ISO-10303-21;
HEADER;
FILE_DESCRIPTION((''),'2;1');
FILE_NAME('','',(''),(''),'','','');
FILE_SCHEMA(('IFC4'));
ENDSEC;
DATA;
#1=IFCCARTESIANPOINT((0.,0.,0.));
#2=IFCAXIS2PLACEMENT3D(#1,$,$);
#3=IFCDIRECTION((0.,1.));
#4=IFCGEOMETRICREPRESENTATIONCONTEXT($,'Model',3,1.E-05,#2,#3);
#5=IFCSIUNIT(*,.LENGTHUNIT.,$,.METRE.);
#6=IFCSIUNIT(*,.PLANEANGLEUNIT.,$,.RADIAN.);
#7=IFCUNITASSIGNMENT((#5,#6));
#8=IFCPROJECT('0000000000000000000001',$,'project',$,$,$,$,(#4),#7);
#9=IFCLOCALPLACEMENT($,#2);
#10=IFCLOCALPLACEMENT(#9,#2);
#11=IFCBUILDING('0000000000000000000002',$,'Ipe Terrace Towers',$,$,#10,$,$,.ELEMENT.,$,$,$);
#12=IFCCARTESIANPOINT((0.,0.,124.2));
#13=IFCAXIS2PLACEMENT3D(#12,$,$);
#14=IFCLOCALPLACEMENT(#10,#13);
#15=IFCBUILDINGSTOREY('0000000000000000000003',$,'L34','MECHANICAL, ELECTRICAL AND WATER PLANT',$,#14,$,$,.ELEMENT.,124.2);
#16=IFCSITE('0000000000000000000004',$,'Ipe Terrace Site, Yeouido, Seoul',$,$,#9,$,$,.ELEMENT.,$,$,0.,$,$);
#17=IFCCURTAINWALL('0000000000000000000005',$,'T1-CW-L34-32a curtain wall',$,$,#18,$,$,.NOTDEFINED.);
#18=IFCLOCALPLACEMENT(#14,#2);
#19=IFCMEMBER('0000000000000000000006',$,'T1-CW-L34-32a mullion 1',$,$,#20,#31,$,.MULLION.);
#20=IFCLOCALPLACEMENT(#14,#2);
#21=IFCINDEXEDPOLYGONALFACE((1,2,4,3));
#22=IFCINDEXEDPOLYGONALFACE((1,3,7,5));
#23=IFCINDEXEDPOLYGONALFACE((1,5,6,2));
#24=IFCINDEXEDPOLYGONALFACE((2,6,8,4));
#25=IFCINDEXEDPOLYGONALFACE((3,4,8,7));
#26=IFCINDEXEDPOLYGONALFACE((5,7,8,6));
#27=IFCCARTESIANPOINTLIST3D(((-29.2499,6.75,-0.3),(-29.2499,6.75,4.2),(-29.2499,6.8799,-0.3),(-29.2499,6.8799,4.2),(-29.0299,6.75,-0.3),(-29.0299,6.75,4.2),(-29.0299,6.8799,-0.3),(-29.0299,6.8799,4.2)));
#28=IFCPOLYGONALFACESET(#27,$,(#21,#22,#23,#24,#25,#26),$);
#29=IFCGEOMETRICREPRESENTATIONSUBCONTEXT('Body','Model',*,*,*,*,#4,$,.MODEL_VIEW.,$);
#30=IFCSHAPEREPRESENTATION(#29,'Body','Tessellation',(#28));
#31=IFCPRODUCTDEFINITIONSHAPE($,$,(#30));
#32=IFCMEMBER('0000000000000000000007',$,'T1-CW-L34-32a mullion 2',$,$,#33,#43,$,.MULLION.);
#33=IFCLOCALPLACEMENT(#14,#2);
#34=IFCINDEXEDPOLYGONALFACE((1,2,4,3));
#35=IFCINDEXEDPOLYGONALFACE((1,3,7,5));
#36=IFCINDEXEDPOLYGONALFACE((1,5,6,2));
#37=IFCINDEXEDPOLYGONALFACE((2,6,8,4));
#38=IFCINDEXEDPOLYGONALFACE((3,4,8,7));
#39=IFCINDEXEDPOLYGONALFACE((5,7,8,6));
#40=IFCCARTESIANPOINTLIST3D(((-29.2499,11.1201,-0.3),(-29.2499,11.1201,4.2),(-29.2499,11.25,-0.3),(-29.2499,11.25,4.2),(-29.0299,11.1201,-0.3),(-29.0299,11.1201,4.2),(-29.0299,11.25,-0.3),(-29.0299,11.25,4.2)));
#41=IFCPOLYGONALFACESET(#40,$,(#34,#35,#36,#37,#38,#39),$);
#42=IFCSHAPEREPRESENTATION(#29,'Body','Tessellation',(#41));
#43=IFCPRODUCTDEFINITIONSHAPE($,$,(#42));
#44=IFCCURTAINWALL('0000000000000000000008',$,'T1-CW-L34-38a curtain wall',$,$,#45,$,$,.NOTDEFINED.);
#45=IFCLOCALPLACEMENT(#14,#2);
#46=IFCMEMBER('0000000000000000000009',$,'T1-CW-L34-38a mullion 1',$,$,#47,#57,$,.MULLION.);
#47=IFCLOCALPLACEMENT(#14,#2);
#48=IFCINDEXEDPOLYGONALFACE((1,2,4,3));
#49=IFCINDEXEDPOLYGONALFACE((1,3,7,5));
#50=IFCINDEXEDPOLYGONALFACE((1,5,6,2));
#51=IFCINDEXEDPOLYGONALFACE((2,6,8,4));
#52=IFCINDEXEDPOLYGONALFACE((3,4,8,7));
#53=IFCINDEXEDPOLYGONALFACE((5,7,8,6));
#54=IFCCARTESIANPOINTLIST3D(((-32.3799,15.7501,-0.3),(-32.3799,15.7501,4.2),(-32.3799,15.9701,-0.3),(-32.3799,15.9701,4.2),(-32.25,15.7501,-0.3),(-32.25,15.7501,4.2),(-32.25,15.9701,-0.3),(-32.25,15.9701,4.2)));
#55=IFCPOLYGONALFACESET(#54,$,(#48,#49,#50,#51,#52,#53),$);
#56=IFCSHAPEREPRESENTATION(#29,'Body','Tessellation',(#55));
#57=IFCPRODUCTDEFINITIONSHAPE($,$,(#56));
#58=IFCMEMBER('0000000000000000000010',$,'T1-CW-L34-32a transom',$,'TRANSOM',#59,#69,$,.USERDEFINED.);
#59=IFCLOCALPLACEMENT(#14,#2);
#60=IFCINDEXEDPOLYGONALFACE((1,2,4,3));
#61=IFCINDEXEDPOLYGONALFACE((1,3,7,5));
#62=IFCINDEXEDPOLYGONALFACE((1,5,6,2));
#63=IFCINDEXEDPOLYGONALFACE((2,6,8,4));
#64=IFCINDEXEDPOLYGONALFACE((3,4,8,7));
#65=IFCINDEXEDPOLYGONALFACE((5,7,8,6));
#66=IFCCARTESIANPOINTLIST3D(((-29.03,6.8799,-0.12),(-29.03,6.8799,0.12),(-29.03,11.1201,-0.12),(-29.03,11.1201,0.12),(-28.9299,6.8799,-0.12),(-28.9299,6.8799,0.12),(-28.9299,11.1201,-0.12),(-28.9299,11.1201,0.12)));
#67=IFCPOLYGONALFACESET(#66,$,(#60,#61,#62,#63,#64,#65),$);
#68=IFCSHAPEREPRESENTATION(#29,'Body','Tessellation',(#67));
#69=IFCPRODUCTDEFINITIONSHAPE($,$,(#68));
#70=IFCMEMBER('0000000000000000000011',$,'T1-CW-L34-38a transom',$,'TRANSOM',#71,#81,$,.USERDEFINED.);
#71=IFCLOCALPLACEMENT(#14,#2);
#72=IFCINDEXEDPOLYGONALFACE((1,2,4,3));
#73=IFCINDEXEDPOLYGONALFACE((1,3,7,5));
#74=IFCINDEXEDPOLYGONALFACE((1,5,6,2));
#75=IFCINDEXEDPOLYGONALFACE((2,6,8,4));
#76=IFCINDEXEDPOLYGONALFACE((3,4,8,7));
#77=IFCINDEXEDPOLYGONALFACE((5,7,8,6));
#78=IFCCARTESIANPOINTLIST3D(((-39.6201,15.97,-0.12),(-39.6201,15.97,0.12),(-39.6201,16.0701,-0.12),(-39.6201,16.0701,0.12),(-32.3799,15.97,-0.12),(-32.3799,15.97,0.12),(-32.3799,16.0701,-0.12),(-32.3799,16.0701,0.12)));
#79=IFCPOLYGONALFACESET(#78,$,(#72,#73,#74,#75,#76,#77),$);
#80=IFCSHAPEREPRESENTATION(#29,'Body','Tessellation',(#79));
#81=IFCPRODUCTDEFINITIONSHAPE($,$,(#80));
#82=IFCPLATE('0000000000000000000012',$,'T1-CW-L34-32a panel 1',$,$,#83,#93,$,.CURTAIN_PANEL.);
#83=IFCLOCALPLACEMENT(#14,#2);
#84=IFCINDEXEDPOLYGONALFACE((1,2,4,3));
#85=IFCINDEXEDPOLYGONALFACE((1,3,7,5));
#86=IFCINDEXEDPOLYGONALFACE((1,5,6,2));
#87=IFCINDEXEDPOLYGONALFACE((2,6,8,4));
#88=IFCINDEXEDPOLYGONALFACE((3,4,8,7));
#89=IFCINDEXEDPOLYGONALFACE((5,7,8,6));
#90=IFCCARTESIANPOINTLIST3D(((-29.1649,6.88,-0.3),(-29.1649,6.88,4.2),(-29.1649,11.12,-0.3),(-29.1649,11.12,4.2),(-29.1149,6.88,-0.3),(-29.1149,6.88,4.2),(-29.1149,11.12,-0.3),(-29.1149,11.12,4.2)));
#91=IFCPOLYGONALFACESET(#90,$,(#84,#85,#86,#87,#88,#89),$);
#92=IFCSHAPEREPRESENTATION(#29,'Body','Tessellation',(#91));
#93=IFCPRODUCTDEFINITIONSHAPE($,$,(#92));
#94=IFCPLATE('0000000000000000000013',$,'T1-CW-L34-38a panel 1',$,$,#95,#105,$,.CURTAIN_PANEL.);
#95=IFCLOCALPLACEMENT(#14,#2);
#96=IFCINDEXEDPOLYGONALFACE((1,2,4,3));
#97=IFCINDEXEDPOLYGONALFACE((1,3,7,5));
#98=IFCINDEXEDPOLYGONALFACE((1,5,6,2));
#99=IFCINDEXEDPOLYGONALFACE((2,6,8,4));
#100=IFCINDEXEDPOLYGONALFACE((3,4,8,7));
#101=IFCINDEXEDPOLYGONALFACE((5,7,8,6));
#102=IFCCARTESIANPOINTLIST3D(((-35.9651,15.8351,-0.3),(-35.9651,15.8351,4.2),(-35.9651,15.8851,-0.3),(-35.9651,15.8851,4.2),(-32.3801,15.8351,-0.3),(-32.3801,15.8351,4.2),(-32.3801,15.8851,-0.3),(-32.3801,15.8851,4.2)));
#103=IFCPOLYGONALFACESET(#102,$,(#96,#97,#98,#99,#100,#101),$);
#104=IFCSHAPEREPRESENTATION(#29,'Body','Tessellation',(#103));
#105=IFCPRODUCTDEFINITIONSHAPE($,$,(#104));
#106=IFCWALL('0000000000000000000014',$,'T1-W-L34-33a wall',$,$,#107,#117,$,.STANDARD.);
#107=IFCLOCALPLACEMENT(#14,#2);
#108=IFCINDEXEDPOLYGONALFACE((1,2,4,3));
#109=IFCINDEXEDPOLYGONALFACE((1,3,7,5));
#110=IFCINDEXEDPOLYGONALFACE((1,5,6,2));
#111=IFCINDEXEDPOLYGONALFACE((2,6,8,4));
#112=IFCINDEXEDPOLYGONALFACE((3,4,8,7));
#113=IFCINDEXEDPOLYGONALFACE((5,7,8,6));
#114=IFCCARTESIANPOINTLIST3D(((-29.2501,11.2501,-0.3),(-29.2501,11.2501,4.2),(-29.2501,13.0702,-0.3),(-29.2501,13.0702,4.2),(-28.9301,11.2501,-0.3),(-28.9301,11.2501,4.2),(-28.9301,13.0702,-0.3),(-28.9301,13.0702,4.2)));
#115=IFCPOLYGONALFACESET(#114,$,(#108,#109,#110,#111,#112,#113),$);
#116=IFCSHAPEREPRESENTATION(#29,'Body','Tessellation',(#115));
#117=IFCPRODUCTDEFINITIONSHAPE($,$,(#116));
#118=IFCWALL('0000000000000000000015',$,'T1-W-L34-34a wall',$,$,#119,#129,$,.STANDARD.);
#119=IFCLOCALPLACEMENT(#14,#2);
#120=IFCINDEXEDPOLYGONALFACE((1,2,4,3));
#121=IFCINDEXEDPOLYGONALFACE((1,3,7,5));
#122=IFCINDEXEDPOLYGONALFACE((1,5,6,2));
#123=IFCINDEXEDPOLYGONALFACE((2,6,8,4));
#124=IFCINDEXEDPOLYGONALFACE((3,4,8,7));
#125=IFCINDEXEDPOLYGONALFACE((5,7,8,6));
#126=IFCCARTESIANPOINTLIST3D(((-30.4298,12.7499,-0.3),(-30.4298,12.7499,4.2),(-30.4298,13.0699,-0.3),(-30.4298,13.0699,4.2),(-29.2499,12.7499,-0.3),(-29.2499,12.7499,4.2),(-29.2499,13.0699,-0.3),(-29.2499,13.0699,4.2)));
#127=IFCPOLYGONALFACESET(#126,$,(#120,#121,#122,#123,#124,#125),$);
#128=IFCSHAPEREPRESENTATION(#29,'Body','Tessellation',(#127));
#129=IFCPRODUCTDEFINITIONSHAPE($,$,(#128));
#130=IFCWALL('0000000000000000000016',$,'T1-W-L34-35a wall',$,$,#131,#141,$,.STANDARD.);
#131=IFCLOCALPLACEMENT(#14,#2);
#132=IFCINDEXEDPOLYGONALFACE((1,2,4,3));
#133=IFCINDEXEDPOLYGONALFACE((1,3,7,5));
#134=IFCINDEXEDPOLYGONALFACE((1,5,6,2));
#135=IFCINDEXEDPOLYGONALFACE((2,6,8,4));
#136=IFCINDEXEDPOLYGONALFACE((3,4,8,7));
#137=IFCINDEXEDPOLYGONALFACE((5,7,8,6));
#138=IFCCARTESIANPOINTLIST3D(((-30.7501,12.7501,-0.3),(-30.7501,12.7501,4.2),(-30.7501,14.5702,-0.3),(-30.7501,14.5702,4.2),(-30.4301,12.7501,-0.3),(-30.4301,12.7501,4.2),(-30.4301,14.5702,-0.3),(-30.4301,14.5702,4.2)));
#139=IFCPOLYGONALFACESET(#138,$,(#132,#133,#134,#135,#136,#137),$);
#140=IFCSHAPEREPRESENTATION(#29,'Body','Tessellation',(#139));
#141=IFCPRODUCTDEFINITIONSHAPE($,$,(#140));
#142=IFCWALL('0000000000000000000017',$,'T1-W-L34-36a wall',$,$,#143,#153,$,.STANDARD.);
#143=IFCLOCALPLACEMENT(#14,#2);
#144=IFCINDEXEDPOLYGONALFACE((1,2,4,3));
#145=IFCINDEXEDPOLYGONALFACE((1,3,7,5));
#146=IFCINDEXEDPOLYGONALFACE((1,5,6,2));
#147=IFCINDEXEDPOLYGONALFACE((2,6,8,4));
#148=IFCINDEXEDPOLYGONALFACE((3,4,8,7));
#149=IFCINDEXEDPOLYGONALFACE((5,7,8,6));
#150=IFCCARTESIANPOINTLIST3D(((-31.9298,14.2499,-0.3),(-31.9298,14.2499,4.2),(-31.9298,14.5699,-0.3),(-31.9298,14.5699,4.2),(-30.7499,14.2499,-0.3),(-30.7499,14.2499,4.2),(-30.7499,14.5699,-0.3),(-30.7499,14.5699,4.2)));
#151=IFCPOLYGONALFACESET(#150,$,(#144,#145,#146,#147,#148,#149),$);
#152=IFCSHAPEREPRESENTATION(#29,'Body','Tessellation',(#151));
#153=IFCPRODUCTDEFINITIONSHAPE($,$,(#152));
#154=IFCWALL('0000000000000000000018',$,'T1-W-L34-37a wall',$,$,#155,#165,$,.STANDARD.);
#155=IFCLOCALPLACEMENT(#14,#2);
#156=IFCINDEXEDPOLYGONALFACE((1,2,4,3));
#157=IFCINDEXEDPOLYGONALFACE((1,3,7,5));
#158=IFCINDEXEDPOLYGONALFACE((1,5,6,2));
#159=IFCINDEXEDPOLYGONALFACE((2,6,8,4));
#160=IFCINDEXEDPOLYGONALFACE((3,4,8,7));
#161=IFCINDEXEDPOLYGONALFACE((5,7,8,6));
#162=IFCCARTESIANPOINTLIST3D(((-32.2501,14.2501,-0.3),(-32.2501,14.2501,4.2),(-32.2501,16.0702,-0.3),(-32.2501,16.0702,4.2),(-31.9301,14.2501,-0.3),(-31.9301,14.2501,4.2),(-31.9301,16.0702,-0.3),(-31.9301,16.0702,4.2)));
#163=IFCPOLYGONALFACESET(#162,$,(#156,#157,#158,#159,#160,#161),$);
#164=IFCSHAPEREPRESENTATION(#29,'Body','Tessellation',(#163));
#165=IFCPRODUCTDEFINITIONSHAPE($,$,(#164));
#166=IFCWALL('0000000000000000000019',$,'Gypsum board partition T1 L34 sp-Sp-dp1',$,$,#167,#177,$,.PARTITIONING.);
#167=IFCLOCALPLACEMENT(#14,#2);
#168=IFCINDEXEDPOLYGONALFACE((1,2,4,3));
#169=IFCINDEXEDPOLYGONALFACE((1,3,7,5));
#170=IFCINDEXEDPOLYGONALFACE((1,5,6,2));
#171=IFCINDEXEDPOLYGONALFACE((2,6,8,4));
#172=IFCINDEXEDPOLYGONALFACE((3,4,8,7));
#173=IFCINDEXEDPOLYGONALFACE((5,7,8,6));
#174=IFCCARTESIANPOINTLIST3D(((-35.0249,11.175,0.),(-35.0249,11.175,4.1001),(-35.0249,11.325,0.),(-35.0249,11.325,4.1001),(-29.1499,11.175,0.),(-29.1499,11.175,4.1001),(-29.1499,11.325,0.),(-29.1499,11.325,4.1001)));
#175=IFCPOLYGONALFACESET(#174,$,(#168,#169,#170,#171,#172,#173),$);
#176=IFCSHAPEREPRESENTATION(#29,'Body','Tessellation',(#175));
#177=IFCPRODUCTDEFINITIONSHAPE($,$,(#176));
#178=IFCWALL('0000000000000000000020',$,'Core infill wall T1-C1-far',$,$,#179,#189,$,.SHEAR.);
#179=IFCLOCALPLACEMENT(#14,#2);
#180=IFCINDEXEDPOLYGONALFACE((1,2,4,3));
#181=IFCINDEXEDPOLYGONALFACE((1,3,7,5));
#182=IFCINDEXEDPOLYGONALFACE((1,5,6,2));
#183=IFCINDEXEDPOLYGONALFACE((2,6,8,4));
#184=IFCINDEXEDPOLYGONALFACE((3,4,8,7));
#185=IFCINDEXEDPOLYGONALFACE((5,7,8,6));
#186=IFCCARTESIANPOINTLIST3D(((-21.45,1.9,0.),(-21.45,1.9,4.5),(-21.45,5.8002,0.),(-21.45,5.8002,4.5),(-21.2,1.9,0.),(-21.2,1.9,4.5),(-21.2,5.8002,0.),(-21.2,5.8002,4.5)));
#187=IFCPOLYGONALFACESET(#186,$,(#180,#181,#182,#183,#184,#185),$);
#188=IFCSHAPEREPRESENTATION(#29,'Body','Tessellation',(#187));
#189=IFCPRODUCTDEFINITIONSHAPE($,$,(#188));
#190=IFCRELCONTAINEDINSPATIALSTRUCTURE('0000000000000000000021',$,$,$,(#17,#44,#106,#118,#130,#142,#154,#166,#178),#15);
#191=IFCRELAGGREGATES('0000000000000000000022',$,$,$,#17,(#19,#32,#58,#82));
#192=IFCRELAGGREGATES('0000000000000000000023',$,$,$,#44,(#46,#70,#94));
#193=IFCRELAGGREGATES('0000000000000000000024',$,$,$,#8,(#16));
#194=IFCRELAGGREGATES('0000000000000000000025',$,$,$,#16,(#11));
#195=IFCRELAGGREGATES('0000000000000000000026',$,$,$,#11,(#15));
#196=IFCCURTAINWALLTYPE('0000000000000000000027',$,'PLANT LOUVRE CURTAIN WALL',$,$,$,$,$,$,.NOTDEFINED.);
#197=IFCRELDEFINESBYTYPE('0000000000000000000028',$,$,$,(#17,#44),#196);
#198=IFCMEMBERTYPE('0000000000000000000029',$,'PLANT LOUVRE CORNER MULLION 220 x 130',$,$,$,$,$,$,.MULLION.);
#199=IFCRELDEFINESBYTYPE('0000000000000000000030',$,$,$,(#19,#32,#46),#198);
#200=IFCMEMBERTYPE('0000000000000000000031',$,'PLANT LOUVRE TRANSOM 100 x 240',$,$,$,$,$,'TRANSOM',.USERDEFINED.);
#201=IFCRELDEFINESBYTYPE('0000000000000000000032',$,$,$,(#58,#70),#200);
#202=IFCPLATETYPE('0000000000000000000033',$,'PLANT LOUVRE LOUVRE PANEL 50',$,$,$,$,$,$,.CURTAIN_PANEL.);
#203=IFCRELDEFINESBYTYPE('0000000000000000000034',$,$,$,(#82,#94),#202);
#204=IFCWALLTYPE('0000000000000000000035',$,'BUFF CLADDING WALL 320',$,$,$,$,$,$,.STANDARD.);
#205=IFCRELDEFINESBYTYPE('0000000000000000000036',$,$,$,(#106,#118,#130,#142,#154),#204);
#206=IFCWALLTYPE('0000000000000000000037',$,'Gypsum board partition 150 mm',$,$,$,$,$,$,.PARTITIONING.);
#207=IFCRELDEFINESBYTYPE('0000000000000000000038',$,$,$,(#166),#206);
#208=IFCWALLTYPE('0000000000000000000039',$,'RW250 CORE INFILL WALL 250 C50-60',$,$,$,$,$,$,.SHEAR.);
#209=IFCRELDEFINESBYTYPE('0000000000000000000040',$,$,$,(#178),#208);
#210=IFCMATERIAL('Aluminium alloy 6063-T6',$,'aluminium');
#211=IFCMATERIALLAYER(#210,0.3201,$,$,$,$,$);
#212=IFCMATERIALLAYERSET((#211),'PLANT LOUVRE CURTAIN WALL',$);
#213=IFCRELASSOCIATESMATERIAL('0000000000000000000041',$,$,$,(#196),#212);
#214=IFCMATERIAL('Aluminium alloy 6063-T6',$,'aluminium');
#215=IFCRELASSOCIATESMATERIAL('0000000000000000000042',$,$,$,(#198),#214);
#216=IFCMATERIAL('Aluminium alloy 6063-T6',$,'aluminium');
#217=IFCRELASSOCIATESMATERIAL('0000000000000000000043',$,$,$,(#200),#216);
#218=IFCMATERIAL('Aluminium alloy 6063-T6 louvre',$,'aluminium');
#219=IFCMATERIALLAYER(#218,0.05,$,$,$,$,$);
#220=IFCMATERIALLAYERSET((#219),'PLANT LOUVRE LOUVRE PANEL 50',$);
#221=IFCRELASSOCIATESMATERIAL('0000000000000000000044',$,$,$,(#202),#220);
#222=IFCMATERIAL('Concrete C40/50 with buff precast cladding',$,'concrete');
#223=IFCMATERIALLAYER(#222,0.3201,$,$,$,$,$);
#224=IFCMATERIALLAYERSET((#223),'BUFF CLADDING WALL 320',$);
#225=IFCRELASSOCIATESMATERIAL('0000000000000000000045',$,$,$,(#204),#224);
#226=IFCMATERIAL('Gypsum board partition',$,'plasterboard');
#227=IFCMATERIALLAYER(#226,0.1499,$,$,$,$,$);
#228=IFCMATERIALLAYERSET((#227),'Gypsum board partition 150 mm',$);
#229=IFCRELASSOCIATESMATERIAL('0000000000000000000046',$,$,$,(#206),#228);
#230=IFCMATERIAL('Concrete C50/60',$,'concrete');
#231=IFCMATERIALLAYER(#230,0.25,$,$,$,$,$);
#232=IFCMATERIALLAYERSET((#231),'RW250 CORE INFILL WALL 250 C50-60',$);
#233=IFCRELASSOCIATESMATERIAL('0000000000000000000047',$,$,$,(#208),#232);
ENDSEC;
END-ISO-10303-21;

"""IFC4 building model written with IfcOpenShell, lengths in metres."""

from ifc_helpers import new_model, si_unit, direction, frame, frame_2d, origin, origin_2d, place, context, subcontext, project, spatial, rectangle, extrude, material, layer, layer_set, material_profile, profile_set, type_object, element, aggregate, save


model = new_model("IFC4")

# Units and contexts
model_context = context("Model", 3, precision=1e-05, world=origin(), true_north=direction((0.0, 1.0)))
body_context = subcontext(model_context, "Body", "Model", "MODEL_VIEW")
ifc_project = project(units=[si_unit("LENGTHUNIT", "METRE"), si_unit("PLANEANGLEUNIT", "RADIAN")], contexts=[model_context])

# Site, building, storey
site_placement = place(None, origin())
site = spatial("IfcSite", under=ifc_project, at=site_placement, Name="Ipe Terrace Site, Yeouido, Seoul", CompositionType="ELEMENT", RefElevation=0.0)
building_placement = place(site_placement, origin())
building = spatial("IfcBuilding", under=site, at=building_placement, Name="Ipe Terrace Towers", CompositionType="ELEMENT")
storey_placement = place(building_placement, frame((0.0, 0.0, 124.2)))
storey = spatial("IfcBuildingStorey", under=building, at=storey_placement, Name="L34", Description="MECHANICAL, ELECTRICAL AND WATER PLANT", CompositionType="ELEMENT", Elevation=124.2)

# Curtain wall, members
ifc_material_1 = material(Name="Aluminium alloy 6063-T6", Category="aluminium")
ifc_layer_1 = layer(ifc_material_1, 0.3201)
ifc_layer_set_1 = layer_set([ifc_layer_1], Name="PLANT LOUVRE CURTAIN WALL")
curtain_wall_type = type_object("IfcCurtainWallType", Name="PLANT LOUVRE CURTAIN WALL", PredefinedType="NOTDEFINED", material=ifc_layer_set_1)
curtain_wall_1_placement = place(storey_placement, origin())
curtain_wall_1 = element("IfcCurtainWall", 1, at=curtain_wall_1_placement, inside=storey, type_object=curtain_wall_type, Name="T1-CW-L34-32a curtain wall", PredefinedType="NOTDEFINED")
ifc_material_2 = material(Name="Aluminium alloy 6063-T6", Category="aluminium")
ifc_material_profile_1 = material_profile(ifc_material_2, rectangle(XDim=0.22, YDim=0.1299, at=origin_2d()), Name="PLANT LOUVRE CORNER MULLION 220 x 130")
ifc_profile_set_1 = profile_set([ifc_material_profile_1], Name="Aluminium alloy 6063-T6")
member_type_1 = type_object("IfcMemberType", Name="PLANT LOUVRE CORNER MULLION 220 x 130", PredefinedType="MULLION", material=ifc_profile_set_1)
member_1_placement = place(storey_placement, frame((-29.1399, 6.8149, -0.3), z_axis=(0.0, 0.0, 1.0), x_axis=(1.0, 0.0, 0.0)))
member_1 = element("IfcMember", 2, at=member_1_placement, type_object=member_type_1, Name="T1-CW-L34-32a mullion 1", PredefinedType="MULLION", context=body_context, shape_type="SweptSolid", body=[
    extrude(rectangle(XDim=0.22, YDim=0.1299, at=origin_2d()), origin(), (0.0, 0.0, 1.0), 4.5),
])
member_2_placement = place(storey_placement, frame((-29.1399, 11.1851, -0.3), z_axis=(0.0, 0.0, 1.0), x_axis=(1.0, 0.0, 0.0)))
member_2 = element("IfcMember", 3, at=member_2_placement, type_object=member_type_1, Name="T1-CW-L34-32a mullion 2", PredefinedType="MULLION", context=body_context, shape_type="SweptSolid", body=[
    extrude(rectangle(XDim=0.22, YDim=0.1299, at=origin_2d()), origin(), (0.0, 0.0, 1.0), 4.5),
])

# Curtain wall, member
curtain_wall_2_placement = place(storey_placement, origin())
curtain_wall_2 = element("IfcCurtainWall", 4, at=curtain_wall_2_placement, inside=storey, type_object=curtain_wall_type, Name="T1-CW-L34-38a curtain wall", PredefinedType="NOTDEFINED")
member_3_placement = place(storey_placement, frame((-32.3149, 15.8601, -0.3), z_axis=(0.0, 0.0, 1.0), x_axis=(0.0, 1.0, 0.0)))
member_3 = element("IfcMember", 5, at=member_3_placement, type_object=member_type_1, Name="T1-CW-L34-38a mullion 1", PredefinedType="MULLION", context=body_context, shape_type="SweptSolid", body=[
    extrude(rectangle(XDim=0.22, YDim=0.1299, at=origin_2d()), origin(), (0.0, 0.0, 1.0), 4.5),
])

# Members
ifc_material_3 = material(Name="Aluminium alloy 6063-T6", Category="aluminium")
ifc_material_profile_2 = material_profile(ifc_material_3, rectangle(XDim=0.1001, YDim=0.24, at=origin_2d()), Name="PLANT LOUVRE TRANSOM 100 x 240")
ifc_profile_set_2 = profile_set([ifc_material_profile_2], Name="Aluminium alloy 6063-T6")
member_type_2 = type_object("IfcMemberType", Name="PLANT LOUVRE TRANSOM 100 x 240", ElementType="TRANSOM", PredefinedType="USERDEFINED", material=ifc_profile_set_2)
member_4_placement = place(storey_placement, frame((-28.98, 6.8799, 0.0), z_axis=(0.0, 1.0, 0.0), x_axis=(1.0, 0.0, 0.0)))
member_4 = element("IfcMember", 6, at=member_4_placement, type_object=member_type_2, Name="T1-CW-L34-32a transom", ObjectType="TRANSOM", PredefinedType="USERDEFINED", context=body_context, shape_type="SweptSolid", body=[
    extrude(rectangle(XDim=0.1001, YDim=0.24, at=origin_2d()), origin(), (0.0, 0.0, 1.0), 4.2402),
])
member_5_placement = place(storey_placement, frame((-32.3799, 16.02, 0.0), z_axis=(-1.0, 0.0, 0.0), x_axis=(0.0, 1.0, 0.0)))
member_5 = element("IfcMember", 7, at=member_5_placement, type_object=member_type_2, Name="T1-CW-L34-38a transom", ObjectType="TRANSOM", PredefinedType="USERDEFINED", context=body_context, shape_type="SweptSolid", body=[
    extrude(rectangle(XDim=0.1001, YDim=0.24, at=origin_2d()), origin(), (0.0, 0.0, 1.0), 7.2402),
])

# Plates
ifc_material_4 = material(Name="Aluminium alloy 6063-T6 louvre", Category="aluminium")
ifc_layer_2 = layer(ifc_material_4, 0.05)
ifc_layer_set_2 = layer_set([ifc_layer_2], Name="PLANT LOUVRE LOUVRE PANEL 50")
plate_type = type_object("IfcPlateType", Name="PLANT LOUVRE LOUVRE PANEL 50", PredefinedType="CURTAIN_PANEL", material=ifc_layer_set_2)
plate_1_placement = place(storey_placement, frame((-29.1399, 9.0, -0.3), z_axis=(0.0, 0.0, 1.0), x_axis=(0.0, 1.0, 0.0)))
plate_1 = element("IfcPlate", 8, at=plate_1_placement, type_object=plate_type, Name="T1-CW-L34-32a panel 1", PredefinedType="CURTAIN_PANEL", context=body_context, shape_type="SweptSolid", body=[
    extrude(rectangle(XDim=4.24, YDim=0.05, at=origin_2d()), origin(), (0.0, 0.0, 1.0), 4.5),
])
aggregate(curtain_wall_1, [member_1, member_2, member_4, plate_1])
plate_2_placement = place(storey_placement, frame((-34.1726, 15.8601, -0.3), z_axis=(0.0, 0.0, 1.0), x_axis=(-1.0, 0.0, 0.0)))
plate_2 = element("IfcPlate", 9, at=plate_2_placement, type_object=plate_type, Name="T1-CW-L34-38a panel 1", PredefinedType="CURTAIN_PANEL", context=body_context, shape_type="SweptSolid", body=[
    extrude(rectangle(XDim=3.585, YDim=0.05, at=origin_2d()), origin(), (0.0, 0.0, 1.0), 4.5),
])
aggregate(curtain_wall_2, [member_3, member_5, plate_2])

# Walls
ifc_material_5 = material(Name="Concrete C40/50 with buff precast cladding", Category="concrete")
ifc_layer_3 = layer(ifc_material_5, 0.3201)
ifc_layer_set_3 = layer_set([ifc_layer_3], Name="BUFF CLADDING WALL 320")
wall_type_1 = type_object("IfcWallType", Name="BUFF CLADDING WALL 320", PredefinedType="STANDARD", material=ifc_layer_set_3)
wall_1_placement = place(storey_placement, frame((-29.0901, 11.25, -0.3), z_axis=(0.0, 0.0, 1.0), x_axis=(0.0, 1.0, 0.0)))
element("IfcWall", 10, at=wall_1_placement, inside=storey, type_object=wall_type_1, Name="T1-W-L34-33a wall", PredefinedType="STANDARD", context=body_context, shape_type="SweptSolid", body=[
    extrude(rectangle(XDim=1.8201, YDim=0.3201, at=frame_2d((0.9102, 0.0))), origin(), (0.0, 0.0, 1.0), 4.5),
])
wall_2_placement = place(storey_placement, frame((-29.25, 12.9099, -0.3), z_axis=(0.0, 0.0, 1.0), x_axis=(-1.0, 0.0, 0.0)))
element("IfcWall", 11, at=wall_2_placement, inside=storey, type_object=wall_type_1, Name="T1-W-L34-34a wall", PredefinedType="STANDARD", context=body_context, shape_type="SweptSolid", body=[
    extrude(rectangle(XDim=1.1799, YDim=0.3201, at=frame_2d((0.5898, 0.0))), origin(), (0.0, 0.0, 1.0), 4.5),
])
wall_3_placement = place(storey_placement, frame((-30.5901, 12.75, -0.3), z_axis=(0.0, 0.0, 1.0), x_axis=(0.0, 1.0, 0.0)))
element("IfcWall", 12, at=wall_3_placement, inside=storey, type_object=wall_type_1, Name="T1-W-L34-35a wall", PredefinedType="STANDARD", context=body_context, shape_type="SweptSolid", body=[
    extrude(rectangle(XDim=1.8201, YDim=0.3201, at=frame_2d((0.9102, 0.0))), origin(), (0.0, 0.0, 1.0), 4.5),
])
wall_4_placement = place(storey_placement, frame((-30.75, 14.4099, -0.3), z_axis=(0.0, 0.0, 1.0), x_axis=(-1.0, 0.0, 0.0)))
element("IfcWall", 13, at=wall_4_placement, inside=storey, type_object=wall_type_1, Name="T1-W-L34-36a wall", PredefinedType="STANDARD", context=body_context, shape_type="SweptSolid", body=[
    extrude(rectangle(XDim=1.1799, YDim=0.3201, at=frame_2d((0.5898, 0.0))), origin(), (0.0, 0.0, 1.0), 4.5),
])
wall_5_placement = place(storey_placement, frame((-32.0901, 14.25, -0.3), z_axis=(0.0, 0.0, 1.0), x_axis=(0.0, 1.0, 0.0)))
element("IfcWall", 14, at=wall_5_placement, inside=storey, type_object=wall_type_1, Name="T1-W-L34-37a wall", PredefinedType="STANDARD", context=body_context, shape_type="SweptSolid", body=[
    extrude(rectangle(XDim=1.8201, YDim=0.3201, at=frame_2d((0.9102, 0.0))), origin(), (0.0, 0.0, 1.0), 4.5),
])
ifc_material_6 = material(Name="Gypsum board partition", Category="plasterboard")
ifc_layer_4 = layer(ifc_material_6, 0.1499)
ifc_layer_set_4 = layer_set([ifc_layer_4], Name="Gypsum board partition 150 mm")
wall_type_2 = type_object("IfcWallType", Name="Gypsum board partition 150 mm", PredefinedType="PARTITIONING", material=ifc_layer_set_4)
wall_6_placement = place(storey_placement, frame((-35.0249, 11.25, 0.0), z_axis=(0.0, 0.0, 1.0), x_axis=(1.0, 0.0, 0.0)))
element("IfcWall", 15, at=wall_6_placement, inside=storey, type_object=wall_type_2, Name="Gypsum board partition T1 L34 sp-Sp-dp1", PredefinedType="PARTITIONING", context=body_context, shape_type="SweptSolid", body=[
    extrude(rectangle(XDim=5.875, YDim=0.1499, at=frame_2d((2.9375, 0.0))), origin(), (0.0, 0.0, 1.0), 4.1001),
])
ifc_material_7 = material(Name="Concrete C50/60", Category="concrete")
ifc_layer_5 = layer(ifc_material_7, 0.25)
ifc_layer_set_5 = layer_set([ifc_layer_5], Name="RW250 CORE INFILL WALL 250 C50-60")
wall_type_3 = type_object("IfcWallType", Name="RW250 CORE INFILL WALL 250 C50-60", PredefinedType="SHEAR", material=ifc_layer_set_5)
wall_7_placement = place(storey_placement, frame((-21.325, 1.8999, 0.0), z_axis=(0.0, 0.0, 1.0), x_axis=(0.0, 1.0, 0.0)))
element("IfcWall", 16, at=wall_7_placement, inside=storey, type_object=wall_type_3, Name="Core infill wall T1-C1-far", PredefinedType="SHEAR", context=body_context, shape_type="SweptSolid", body=[
    extrude(rectangle(XDim=3.9001, YDim=0.25, at=frame_2d((1.9502, 0.0))), origin(), (0.0, 0.0, 1.0), 4.5),
])

save(model, "model.ifc")
